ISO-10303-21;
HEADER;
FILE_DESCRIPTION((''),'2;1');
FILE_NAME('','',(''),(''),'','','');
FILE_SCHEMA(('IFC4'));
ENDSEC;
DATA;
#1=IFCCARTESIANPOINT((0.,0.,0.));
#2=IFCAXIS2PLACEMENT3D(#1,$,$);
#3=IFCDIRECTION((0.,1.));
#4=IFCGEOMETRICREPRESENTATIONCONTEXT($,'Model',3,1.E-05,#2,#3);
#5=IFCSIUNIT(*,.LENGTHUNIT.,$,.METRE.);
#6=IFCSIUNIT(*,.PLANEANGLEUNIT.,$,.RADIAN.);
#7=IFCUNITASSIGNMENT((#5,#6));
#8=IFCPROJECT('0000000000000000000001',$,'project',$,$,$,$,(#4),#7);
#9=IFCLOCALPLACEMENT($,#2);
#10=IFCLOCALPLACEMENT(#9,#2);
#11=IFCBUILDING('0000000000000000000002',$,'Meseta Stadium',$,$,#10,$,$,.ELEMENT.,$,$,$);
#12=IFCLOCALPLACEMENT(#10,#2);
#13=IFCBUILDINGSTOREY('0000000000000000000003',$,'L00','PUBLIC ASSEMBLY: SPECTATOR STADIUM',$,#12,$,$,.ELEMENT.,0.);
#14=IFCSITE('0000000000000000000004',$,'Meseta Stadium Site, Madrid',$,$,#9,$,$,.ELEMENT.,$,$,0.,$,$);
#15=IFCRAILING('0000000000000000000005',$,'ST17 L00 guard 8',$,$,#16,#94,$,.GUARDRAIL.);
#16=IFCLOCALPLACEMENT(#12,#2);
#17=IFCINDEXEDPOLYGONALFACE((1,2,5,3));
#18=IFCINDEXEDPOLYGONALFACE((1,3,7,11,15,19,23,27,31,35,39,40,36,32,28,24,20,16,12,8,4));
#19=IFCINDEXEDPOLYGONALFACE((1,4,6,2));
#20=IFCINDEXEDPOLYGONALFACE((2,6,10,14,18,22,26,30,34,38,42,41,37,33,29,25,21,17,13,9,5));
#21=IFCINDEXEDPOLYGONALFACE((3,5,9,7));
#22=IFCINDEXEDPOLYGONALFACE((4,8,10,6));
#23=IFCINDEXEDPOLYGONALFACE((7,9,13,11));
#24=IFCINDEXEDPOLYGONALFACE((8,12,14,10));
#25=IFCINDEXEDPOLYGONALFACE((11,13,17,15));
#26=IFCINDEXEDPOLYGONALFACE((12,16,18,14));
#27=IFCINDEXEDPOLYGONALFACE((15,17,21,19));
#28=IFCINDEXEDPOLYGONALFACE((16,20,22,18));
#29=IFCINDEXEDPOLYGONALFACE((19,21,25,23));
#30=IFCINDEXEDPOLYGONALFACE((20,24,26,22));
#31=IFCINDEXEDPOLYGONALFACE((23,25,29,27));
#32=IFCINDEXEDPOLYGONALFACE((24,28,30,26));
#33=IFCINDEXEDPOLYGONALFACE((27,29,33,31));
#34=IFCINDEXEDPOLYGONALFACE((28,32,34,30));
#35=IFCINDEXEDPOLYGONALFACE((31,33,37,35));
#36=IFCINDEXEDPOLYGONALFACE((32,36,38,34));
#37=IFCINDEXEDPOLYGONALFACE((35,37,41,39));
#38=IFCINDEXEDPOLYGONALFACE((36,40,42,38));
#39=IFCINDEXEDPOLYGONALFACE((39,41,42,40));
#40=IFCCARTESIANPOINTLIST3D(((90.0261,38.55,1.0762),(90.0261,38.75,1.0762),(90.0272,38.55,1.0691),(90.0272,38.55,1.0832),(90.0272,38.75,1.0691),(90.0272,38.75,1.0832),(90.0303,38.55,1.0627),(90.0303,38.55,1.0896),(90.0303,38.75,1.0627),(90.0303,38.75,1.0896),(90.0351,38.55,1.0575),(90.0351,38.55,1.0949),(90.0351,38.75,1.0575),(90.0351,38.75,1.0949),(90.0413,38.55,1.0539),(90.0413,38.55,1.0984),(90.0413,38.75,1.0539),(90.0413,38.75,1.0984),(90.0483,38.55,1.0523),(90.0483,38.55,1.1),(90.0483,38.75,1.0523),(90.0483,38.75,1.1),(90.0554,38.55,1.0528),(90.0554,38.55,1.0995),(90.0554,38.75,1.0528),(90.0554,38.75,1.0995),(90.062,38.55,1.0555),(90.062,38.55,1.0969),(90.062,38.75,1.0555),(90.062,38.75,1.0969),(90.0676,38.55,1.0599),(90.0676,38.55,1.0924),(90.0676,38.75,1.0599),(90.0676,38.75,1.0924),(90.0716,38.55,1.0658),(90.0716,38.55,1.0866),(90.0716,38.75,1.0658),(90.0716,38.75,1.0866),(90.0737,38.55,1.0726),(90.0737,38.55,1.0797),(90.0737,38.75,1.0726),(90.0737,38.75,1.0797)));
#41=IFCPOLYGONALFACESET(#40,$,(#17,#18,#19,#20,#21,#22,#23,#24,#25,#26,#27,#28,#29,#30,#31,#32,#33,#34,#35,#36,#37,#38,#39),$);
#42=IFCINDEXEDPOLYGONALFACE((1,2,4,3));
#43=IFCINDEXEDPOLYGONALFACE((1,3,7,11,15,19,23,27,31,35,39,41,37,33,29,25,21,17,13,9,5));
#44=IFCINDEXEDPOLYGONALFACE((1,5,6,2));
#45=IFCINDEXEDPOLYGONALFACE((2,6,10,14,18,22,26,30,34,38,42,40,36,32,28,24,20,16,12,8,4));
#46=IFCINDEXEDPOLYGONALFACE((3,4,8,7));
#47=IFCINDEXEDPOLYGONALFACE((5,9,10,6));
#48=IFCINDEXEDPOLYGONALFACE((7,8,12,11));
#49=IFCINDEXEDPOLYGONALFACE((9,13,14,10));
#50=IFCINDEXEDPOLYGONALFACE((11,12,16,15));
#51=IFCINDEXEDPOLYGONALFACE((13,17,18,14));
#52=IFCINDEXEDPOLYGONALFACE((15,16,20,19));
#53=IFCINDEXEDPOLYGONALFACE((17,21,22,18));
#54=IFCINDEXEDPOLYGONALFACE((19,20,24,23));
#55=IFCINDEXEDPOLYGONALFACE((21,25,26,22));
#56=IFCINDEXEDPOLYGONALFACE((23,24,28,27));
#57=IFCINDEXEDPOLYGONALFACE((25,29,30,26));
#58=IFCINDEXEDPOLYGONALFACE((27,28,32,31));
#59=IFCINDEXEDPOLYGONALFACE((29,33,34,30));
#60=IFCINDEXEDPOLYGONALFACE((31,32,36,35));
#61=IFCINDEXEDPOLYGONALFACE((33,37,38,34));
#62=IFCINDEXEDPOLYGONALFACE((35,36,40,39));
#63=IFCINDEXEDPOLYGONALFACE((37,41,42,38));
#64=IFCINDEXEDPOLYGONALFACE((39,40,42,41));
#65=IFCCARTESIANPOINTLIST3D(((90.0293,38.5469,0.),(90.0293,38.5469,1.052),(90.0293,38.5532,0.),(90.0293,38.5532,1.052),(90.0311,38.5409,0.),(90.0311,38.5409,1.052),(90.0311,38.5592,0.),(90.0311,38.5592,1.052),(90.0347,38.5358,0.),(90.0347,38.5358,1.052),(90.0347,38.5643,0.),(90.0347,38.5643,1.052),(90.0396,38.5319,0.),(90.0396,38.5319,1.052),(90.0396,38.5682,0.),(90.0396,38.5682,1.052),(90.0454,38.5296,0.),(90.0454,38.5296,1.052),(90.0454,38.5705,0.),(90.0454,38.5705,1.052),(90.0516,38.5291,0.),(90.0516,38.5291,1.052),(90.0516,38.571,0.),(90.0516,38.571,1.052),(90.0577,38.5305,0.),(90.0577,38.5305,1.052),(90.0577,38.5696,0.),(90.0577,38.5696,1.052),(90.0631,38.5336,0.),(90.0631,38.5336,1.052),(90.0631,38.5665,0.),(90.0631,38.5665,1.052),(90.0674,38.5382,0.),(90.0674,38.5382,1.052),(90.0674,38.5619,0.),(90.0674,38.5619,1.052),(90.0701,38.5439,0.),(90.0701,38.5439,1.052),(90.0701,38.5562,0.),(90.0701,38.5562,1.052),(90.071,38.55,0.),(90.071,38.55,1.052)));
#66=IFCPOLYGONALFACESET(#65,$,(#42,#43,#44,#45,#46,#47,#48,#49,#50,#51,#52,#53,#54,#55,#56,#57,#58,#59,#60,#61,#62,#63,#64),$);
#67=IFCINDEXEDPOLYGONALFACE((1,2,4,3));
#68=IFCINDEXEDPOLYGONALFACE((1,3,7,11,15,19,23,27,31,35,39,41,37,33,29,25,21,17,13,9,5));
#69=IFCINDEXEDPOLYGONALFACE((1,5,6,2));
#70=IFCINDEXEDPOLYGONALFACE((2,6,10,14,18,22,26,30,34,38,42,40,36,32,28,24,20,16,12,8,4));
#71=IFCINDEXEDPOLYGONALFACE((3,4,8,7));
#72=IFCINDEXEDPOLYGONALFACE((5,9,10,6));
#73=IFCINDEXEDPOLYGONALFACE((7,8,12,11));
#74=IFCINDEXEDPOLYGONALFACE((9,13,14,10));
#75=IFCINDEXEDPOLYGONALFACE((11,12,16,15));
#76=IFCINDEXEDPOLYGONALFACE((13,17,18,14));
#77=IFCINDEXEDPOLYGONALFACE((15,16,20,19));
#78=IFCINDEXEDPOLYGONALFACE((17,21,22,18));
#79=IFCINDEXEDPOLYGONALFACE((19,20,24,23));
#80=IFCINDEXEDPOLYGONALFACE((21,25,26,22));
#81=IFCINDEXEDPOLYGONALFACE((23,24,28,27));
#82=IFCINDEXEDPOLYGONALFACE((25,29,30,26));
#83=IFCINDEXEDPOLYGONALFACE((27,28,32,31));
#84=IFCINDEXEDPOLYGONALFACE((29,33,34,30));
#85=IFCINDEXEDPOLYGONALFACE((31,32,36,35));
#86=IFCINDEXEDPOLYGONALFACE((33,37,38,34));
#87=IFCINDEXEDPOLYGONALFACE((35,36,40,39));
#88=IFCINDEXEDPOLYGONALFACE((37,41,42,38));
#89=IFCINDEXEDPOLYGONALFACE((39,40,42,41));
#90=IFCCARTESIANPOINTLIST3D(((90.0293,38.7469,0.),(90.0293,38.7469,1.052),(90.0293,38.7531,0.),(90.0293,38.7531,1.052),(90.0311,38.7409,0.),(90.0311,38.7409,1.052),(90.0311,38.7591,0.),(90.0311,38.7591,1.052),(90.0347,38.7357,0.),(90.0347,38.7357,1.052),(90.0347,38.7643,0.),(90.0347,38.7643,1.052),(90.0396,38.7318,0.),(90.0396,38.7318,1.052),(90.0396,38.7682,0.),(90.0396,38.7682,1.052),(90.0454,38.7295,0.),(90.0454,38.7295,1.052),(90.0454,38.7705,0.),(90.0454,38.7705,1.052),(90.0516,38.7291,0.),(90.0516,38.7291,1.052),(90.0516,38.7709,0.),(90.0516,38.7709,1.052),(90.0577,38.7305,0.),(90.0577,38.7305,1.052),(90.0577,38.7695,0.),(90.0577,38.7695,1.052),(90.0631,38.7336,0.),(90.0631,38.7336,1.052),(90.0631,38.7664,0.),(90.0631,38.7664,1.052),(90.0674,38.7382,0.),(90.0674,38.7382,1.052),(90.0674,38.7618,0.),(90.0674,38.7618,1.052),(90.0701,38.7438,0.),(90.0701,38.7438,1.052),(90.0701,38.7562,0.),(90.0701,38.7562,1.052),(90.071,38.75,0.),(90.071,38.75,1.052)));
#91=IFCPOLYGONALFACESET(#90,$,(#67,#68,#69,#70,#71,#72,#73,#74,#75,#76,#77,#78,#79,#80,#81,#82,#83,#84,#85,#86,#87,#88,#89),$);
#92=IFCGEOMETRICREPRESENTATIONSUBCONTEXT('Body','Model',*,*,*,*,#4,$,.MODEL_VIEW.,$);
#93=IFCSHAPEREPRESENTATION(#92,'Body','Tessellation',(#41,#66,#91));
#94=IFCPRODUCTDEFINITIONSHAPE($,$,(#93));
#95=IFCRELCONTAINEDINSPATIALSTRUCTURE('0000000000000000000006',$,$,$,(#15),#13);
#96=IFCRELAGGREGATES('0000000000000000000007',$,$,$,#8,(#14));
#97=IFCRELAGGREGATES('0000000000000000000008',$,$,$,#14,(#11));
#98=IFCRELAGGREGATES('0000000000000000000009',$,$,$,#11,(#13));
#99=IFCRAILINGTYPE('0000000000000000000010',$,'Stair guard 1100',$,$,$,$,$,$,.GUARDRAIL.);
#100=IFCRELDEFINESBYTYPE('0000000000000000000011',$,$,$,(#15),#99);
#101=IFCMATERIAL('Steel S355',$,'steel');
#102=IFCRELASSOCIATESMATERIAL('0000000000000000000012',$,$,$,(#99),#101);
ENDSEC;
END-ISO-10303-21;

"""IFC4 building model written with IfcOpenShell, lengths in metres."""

from ifc_helpers import new_model, si_unit, direction, frame, origin, origin_2d, place, context, subcontext, project, spatial, circle, extrude, material, type_object, element, save


model = new_model("IFC4")

# Units and contexts
model_context = context("Model", 3, precision=1e-05, world=origin(), true_north=direction((0.0, 1.0)))
body_context = subcontext(model_context, "Body", "Model", "MODEL_VIEW")
ifc_project = project(units=[si_unit("LENGTHUNIT", "METRE"), si_unit("PLANEANGLEUNIT", "RADIAN")], contexts=[model_context])

# Site, building, storey
site_placement = place(None, origin())
site = spatial("IfcSite", under=ifc_project, at=site_placement, Name="Meseta Stadium Site, Madrid", CompositionType="ELEMENT", RefElevation=0.0)
building_placement = place(site_placement, origin())
building = spatial("IfcBuilding", under=site, at=building_placement, Name="Meseta Stadium", CompositionType="ELEMENT")
storey_placement = place(building_placement, origin())
storey = spatial("IfcBuildingStorey", under=building, at=storey_placement, Name="L00", Description="PUBLIC ASSEMBLY: SPECTATOR STADIUM", CompositionType="ELEMENT", Elevation=0.0)

# Railing
ifc_material_1 = material(Name="Steel S355", Category="steel")
railing_type_1 = type_object("IfcRailingType", Name="Stair guard 1100", PredefinedType="GUARDRAIL", material=ifc_material_1)
railing_1_placement = place(storey_placement, frame((90.05, 38.55, 0.0)))
element("IfcRailing", 1, at=railing_1_placement, inside=storey, type_object=railing_type_1, Name="ST17 L00 guard 8", PredefinedType="GUARDRAIL", context=body_context, shape_type="SweptSolid", body=[
    extrude(circle(Radius=0.0239, at=origin_2d()), frame((0.0, 0.0, 1.0762), z_axis=(0.0, 1.0, 0.0), x_axis=(-1.0, 0.0, 0.0)), (0.0, 0.0, 1.0), 0.2),
    extrude(circle(Radius=0.021, at=origin_2d()), origin(), (0.0, 0.0, 1.0), 1.052),
    extrude(circle(Radius=0.021, at=origin_2d()), frame((0.0, 0.2, 0.0)), (0.0, 0.0, 1.0), 1.052),
])

save(model, "model.ifc")
